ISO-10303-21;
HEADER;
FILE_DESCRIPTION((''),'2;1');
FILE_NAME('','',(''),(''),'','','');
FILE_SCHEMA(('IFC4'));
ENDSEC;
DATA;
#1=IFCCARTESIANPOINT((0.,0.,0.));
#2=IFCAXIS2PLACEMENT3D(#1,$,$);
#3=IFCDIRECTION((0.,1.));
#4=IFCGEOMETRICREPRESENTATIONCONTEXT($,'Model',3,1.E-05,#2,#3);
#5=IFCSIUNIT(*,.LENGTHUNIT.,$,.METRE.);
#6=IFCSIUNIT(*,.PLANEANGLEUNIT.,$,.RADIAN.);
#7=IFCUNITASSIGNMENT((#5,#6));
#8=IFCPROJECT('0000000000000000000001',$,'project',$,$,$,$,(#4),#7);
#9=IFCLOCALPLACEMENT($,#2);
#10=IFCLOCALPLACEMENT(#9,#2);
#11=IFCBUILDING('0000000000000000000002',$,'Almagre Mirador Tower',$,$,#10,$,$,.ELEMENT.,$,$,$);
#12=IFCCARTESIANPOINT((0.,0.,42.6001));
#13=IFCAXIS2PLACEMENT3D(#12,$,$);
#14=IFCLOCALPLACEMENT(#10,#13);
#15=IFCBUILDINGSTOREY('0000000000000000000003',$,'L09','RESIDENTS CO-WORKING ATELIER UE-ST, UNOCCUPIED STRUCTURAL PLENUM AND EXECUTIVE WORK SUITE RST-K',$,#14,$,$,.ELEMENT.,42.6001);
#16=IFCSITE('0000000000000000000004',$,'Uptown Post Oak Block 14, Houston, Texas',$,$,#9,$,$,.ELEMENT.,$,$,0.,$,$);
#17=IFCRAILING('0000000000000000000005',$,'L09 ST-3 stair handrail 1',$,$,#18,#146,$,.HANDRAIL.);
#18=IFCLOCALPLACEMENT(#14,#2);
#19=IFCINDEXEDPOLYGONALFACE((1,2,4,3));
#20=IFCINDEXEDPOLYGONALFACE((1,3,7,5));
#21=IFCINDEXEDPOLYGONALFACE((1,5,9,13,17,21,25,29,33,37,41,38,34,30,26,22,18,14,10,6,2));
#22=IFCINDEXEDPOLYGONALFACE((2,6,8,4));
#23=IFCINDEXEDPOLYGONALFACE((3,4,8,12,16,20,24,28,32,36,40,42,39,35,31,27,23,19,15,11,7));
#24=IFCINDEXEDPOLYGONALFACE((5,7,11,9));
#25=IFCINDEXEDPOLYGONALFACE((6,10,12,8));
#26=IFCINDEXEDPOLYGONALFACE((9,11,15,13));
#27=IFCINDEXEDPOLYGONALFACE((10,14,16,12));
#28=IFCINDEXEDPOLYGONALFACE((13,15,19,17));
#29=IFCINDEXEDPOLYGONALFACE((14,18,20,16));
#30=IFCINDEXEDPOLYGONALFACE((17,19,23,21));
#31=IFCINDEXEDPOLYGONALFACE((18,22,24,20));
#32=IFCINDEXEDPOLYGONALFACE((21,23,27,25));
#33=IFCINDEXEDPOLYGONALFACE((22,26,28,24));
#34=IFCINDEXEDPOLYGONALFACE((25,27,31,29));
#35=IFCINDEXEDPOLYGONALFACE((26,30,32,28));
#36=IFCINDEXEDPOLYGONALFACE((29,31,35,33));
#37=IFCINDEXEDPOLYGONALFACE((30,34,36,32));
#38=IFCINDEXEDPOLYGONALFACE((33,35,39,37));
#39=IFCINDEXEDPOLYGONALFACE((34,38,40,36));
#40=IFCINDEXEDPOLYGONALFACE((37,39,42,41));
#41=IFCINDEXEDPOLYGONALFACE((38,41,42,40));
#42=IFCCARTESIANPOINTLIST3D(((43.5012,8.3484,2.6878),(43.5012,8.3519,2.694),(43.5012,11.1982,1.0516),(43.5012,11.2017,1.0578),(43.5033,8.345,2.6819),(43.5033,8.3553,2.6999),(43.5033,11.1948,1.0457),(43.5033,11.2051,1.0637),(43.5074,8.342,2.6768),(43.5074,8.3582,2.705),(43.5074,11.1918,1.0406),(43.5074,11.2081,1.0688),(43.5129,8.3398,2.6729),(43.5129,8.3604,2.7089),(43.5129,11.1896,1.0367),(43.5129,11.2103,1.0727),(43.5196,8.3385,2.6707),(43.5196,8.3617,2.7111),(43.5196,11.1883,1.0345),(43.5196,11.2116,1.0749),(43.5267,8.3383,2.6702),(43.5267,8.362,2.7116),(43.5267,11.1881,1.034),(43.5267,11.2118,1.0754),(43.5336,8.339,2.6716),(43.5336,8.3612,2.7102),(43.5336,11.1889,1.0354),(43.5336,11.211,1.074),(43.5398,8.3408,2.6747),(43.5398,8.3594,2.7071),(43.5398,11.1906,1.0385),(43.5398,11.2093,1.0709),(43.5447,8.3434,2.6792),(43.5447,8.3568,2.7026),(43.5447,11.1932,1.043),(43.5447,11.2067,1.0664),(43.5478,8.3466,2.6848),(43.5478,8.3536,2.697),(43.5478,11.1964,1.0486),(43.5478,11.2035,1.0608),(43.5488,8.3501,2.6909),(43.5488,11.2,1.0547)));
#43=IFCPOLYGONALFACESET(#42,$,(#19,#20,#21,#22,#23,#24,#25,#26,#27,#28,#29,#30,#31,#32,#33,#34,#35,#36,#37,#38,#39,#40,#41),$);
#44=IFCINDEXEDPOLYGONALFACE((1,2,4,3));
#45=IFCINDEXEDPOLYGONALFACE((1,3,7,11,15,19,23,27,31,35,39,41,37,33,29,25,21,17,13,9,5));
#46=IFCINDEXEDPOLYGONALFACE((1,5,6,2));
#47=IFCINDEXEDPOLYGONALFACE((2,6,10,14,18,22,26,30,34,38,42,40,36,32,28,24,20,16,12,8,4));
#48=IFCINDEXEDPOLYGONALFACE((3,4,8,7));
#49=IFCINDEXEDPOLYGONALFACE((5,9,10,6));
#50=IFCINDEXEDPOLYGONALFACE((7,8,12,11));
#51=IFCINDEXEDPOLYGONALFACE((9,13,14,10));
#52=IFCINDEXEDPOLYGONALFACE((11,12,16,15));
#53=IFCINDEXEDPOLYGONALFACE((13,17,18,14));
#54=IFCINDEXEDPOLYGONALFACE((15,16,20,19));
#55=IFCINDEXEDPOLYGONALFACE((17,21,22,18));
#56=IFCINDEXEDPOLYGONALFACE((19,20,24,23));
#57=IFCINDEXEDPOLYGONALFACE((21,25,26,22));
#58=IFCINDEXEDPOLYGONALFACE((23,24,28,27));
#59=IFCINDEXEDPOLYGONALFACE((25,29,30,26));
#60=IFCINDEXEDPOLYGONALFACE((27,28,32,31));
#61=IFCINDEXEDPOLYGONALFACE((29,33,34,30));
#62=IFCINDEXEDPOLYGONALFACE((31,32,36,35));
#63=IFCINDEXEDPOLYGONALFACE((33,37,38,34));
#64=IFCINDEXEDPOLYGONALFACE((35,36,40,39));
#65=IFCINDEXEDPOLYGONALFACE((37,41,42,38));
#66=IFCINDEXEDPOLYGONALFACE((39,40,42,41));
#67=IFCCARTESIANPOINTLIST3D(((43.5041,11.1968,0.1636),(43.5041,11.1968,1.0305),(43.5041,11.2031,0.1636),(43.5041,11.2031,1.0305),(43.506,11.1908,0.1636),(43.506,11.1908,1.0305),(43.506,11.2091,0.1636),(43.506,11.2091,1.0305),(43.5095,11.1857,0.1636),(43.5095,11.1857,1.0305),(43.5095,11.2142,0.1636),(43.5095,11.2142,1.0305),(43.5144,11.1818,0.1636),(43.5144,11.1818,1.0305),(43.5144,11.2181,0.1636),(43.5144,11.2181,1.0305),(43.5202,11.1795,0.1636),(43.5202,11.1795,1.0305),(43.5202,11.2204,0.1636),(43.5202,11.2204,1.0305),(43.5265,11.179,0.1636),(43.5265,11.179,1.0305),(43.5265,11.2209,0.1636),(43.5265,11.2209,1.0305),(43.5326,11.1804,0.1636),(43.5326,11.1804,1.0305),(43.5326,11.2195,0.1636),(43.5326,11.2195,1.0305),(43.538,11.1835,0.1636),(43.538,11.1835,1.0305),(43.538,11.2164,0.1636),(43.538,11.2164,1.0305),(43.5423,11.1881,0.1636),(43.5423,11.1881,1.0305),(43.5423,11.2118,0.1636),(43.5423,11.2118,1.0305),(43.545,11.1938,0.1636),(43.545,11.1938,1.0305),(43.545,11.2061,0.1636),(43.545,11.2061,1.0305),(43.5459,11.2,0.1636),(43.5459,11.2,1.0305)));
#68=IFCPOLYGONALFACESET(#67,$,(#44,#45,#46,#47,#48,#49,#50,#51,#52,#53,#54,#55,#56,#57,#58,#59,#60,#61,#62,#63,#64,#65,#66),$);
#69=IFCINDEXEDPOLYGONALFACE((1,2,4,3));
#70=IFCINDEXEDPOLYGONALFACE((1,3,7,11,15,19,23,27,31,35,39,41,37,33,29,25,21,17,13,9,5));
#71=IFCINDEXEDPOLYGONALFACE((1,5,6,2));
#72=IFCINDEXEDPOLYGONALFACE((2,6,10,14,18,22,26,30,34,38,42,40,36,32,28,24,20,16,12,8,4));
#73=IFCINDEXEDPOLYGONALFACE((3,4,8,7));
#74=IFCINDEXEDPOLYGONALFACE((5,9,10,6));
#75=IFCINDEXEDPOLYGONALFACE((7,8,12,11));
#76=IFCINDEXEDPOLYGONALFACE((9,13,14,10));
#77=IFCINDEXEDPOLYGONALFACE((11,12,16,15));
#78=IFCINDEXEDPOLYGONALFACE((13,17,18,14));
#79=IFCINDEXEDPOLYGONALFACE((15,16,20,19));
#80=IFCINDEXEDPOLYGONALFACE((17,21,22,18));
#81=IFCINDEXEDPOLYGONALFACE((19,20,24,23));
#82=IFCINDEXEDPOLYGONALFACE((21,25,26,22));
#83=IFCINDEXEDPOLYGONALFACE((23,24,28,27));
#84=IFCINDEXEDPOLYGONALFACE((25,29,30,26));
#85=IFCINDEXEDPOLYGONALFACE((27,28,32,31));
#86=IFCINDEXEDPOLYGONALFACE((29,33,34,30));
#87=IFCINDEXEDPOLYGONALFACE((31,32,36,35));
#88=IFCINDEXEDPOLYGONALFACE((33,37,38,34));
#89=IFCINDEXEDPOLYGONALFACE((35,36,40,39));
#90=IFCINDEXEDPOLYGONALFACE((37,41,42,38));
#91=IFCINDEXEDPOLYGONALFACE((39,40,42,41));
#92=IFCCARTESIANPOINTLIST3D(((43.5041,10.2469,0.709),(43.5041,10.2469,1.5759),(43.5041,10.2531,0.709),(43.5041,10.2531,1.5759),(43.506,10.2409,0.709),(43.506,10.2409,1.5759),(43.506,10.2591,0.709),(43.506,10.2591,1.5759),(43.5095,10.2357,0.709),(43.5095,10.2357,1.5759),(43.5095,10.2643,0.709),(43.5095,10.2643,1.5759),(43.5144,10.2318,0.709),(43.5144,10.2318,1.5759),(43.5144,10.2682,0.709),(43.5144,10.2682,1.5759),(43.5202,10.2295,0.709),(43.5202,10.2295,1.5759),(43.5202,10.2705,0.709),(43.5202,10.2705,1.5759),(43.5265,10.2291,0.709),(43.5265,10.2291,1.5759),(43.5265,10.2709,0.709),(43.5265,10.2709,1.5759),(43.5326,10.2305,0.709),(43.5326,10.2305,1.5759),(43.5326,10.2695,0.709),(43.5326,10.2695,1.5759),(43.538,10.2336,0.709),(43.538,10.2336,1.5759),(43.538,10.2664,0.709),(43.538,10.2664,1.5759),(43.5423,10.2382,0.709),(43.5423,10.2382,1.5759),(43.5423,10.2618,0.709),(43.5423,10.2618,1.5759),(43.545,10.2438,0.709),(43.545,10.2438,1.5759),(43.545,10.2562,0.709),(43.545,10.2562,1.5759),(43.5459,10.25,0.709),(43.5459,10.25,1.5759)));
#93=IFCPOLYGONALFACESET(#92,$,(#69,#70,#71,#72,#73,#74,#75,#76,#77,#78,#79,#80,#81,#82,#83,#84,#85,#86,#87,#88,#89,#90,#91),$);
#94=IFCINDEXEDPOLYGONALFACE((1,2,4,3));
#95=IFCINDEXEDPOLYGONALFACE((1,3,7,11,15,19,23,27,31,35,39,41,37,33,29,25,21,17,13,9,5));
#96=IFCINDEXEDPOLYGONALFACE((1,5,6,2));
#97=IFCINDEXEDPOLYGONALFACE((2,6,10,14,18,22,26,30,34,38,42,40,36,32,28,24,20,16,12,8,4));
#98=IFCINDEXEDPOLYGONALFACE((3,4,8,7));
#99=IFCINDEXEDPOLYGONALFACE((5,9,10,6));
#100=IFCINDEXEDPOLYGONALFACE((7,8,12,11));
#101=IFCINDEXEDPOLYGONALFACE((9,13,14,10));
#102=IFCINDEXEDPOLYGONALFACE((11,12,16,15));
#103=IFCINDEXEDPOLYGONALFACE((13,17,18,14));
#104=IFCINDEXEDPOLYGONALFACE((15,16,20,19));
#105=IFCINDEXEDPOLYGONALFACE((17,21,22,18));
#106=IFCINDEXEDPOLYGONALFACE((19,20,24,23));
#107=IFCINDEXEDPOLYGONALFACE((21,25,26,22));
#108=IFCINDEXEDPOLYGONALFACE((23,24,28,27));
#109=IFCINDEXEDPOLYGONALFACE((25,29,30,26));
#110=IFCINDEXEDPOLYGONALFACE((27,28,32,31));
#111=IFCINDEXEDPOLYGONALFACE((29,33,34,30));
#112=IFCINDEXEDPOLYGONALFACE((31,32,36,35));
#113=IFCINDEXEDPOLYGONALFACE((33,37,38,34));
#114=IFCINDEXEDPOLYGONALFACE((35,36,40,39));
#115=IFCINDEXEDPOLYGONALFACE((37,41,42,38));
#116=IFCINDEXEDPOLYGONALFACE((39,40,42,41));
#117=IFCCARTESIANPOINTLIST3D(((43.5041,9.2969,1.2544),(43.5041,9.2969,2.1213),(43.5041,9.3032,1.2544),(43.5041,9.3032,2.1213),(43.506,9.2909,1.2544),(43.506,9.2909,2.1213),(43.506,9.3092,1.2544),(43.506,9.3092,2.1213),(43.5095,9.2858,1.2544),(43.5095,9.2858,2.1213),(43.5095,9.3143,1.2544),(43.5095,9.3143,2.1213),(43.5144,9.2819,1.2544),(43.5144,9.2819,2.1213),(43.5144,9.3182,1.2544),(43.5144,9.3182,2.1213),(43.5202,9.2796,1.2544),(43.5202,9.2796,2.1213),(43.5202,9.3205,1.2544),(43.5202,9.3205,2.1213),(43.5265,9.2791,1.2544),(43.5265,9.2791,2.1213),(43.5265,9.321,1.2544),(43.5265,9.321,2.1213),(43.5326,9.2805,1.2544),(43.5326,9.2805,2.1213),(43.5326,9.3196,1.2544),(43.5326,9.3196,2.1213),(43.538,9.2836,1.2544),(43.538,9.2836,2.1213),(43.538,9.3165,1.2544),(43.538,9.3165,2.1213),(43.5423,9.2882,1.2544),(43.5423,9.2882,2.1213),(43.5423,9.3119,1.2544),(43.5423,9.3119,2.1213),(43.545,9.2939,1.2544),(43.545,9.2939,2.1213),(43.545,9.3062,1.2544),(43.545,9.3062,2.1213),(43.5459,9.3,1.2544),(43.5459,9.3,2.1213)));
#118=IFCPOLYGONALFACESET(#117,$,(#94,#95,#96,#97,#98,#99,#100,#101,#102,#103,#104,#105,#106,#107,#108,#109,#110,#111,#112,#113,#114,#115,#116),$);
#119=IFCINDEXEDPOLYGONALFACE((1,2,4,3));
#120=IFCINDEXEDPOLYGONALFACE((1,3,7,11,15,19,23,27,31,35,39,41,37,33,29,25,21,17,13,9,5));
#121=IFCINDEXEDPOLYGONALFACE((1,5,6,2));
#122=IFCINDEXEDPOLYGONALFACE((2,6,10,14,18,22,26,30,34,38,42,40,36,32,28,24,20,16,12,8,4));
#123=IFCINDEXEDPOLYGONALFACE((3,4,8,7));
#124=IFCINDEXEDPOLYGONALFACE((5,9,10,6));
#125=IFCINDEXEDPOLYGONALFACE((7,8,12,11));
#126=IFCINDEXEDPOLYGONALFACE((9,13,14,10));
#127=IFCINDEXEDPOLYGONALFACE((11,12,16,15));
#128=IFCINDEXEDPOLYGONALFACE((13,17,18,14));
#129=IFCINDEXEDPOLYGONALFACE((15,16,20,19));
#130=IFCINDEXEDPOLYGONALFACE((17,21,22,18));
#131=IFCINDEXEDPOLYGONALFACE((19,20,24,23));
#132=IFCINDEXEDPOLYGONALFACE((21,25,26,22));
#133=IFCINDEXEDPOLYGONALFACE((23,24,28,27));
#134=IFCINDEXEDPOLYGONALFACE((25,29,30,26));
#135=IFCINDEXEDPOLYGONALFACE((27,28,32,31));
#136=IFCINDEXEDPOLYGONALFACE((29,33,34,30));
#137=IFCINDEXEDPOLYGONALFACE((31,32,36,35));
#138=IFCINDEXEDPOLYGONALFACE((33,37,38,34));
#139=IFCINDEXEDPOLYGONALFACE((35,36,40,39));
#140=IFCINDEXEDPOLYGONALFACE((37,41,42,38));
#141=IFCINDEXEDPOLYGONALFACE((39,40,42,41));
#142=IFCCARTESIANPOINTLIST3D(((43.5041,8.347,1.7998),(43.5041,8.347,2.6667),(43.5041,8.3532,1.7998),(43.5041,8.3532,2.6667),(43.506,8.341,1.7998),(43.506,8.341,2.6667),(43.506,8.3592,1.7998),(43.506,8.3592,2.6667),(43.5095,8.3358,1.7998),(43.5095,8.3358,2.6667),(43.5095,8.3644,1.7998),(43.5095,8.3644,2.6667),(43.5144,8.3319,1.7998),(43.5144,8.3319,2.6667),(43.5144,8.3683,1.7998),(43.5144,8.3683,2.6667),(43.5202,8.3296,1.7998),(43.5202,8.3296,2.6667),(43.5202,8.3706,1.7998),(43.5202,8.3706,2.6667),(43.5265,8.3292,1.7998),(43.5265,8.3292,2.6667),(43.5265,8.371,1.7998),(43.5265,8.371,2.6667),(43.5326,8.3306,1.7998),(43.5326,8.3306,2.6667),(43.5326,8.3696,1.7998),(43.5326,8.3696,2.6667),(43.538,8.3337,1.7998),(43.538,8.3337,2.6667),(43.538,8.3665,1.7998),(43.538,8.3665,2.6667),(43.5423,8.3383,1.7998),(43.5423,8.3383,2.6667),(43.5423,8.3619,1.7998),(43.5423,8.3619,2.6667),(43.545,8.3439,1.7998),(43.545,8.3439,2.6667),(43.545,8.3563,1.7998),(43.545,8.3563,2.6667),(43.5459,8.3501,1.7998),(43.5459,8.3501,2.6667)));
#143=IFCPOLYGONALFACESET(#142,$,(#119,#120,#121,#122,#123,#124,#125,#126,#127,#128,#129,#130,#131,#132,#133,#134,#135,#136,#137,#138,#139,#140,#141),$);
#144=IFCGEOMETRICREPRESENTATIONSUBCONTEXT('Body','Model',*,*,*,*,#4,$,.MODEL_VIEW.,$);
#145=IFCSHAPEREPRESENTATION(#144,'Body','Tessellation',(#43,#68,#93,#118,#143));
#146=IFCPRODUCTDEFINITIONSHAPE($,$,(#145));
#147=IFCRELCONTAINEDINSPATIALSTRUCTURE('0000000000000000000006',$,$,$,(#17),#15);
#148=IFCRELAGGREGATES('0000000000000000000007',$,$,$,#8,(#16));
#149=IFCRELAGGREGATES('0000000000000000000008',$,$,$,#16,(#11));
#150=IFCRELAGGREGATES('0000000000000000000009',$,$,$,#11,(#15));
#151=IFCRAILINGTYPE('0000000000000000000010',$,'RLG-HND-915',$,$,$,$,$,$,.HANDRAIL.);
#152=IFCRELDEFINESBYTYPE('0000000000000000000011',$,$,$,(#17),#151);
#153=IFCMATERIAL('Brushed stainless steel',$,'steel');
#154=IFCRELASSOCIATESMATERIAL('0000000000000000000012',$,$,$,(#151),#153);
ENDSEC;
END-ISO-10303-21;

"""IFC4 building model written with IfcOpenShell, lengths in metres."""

from ifc_helpers import new_model, si_unit, direction, frame, origin, origin_2d, place, context, subcontext, project, spatial, circle, extrude, material, type_object, element, save


model = new_model("IFC4")

# Units and contexts
model_context = context("Model", 3, precision=1e-05, world=origin(), true_north=direction((0.0, 1.0)))
body_context = subcontext(model_context, "Body", "Model", "MODEL_VIEW")
ifc_project = project(units=[si_unit("LENGTHUNIT", "METRE"), si_unit("PLANEANGLEUNIT", "RADIAN")], contexts=[model_context])

# Site, building, storey
site_placement = place(None, origin())
site = spatial("IfcSite", under=ifc_project, at=site_placement, Name="Uptown Post Oak Block 14, Houston, Texas", CompositionType="ELEMENT", RefElevation=0.0)
building_placement = place(site_placement, origin())
building = spatial("IfcBuilding", under=site, at=building_placement, Name="Almagre Mirador Tower", CompositionType="ELEMENT")
storey_placement = place(building_placement, frame((0.0, 0.0, 42.6001)))
storey = spatial("IfcBuildingStorey", under=building, at=storey_placement, Name="L09", Description="RESIDENTS CO-WORKING ATELIER UE-ST, UNOCCUPIED STRUCTURAL PLENUM AND EXECUTIVE WORK SUITE RST-K", CompositionType="ELEMENT", Elevation=42.6001)

# Railing
ifc_material_1 = material(Name="Brushed stainless steel", Category="steel")
railing_type_1 = type_object("IfcRailingType", Name="RLG-HND-915", PredefinedType="HANDRAIL", material=ifc_material_1)
railing_1_placement = place(storey_placement, frame((43.5249, 11.2, 0.1636)))
element("IfcRailing", 1, at=railing_1_placement, inside=storey, type_object=railing_type_1, Name="L09 ST-3 stair handrail 1", PredefinedType="HANDRAIL", context=body_context, shape_type="SweptSolid", body=[
    extrude(circle(Radius=0.0239, at=origin_2d()), frame((0.0, 0.0, 0.8911), z_axis=(0.0, -0.867226, 0.497914), x_axis=(1.0, 0.0, 0.0)), (0.0, 0.0, 1.0), 3.2861),
    extrude(circle(Radius=0.021, at=origin_2d()), origin(), (0.0, 0.0, 1.0), 0.8669),
    extrude(circle(Radius=0.021, at=origin_2d()), frame((0.0, -0.95, 0.5454)), (0.0, 0.0, 1.0), 0.8669),
    extrude(circle(Radius=0.021, at=origin_2d()), frame((0.0, -1.8999, 1.0908)), (0.0, 0.0, 1.0), 0.8669),
    extrude(circle(Radius=0.021, at=origin_2d()), frame((0.0, -2.8499, 1.6362)), (0.0, 0.0, 1.0), 0.8669),
])

save(model, "model.ifc")
